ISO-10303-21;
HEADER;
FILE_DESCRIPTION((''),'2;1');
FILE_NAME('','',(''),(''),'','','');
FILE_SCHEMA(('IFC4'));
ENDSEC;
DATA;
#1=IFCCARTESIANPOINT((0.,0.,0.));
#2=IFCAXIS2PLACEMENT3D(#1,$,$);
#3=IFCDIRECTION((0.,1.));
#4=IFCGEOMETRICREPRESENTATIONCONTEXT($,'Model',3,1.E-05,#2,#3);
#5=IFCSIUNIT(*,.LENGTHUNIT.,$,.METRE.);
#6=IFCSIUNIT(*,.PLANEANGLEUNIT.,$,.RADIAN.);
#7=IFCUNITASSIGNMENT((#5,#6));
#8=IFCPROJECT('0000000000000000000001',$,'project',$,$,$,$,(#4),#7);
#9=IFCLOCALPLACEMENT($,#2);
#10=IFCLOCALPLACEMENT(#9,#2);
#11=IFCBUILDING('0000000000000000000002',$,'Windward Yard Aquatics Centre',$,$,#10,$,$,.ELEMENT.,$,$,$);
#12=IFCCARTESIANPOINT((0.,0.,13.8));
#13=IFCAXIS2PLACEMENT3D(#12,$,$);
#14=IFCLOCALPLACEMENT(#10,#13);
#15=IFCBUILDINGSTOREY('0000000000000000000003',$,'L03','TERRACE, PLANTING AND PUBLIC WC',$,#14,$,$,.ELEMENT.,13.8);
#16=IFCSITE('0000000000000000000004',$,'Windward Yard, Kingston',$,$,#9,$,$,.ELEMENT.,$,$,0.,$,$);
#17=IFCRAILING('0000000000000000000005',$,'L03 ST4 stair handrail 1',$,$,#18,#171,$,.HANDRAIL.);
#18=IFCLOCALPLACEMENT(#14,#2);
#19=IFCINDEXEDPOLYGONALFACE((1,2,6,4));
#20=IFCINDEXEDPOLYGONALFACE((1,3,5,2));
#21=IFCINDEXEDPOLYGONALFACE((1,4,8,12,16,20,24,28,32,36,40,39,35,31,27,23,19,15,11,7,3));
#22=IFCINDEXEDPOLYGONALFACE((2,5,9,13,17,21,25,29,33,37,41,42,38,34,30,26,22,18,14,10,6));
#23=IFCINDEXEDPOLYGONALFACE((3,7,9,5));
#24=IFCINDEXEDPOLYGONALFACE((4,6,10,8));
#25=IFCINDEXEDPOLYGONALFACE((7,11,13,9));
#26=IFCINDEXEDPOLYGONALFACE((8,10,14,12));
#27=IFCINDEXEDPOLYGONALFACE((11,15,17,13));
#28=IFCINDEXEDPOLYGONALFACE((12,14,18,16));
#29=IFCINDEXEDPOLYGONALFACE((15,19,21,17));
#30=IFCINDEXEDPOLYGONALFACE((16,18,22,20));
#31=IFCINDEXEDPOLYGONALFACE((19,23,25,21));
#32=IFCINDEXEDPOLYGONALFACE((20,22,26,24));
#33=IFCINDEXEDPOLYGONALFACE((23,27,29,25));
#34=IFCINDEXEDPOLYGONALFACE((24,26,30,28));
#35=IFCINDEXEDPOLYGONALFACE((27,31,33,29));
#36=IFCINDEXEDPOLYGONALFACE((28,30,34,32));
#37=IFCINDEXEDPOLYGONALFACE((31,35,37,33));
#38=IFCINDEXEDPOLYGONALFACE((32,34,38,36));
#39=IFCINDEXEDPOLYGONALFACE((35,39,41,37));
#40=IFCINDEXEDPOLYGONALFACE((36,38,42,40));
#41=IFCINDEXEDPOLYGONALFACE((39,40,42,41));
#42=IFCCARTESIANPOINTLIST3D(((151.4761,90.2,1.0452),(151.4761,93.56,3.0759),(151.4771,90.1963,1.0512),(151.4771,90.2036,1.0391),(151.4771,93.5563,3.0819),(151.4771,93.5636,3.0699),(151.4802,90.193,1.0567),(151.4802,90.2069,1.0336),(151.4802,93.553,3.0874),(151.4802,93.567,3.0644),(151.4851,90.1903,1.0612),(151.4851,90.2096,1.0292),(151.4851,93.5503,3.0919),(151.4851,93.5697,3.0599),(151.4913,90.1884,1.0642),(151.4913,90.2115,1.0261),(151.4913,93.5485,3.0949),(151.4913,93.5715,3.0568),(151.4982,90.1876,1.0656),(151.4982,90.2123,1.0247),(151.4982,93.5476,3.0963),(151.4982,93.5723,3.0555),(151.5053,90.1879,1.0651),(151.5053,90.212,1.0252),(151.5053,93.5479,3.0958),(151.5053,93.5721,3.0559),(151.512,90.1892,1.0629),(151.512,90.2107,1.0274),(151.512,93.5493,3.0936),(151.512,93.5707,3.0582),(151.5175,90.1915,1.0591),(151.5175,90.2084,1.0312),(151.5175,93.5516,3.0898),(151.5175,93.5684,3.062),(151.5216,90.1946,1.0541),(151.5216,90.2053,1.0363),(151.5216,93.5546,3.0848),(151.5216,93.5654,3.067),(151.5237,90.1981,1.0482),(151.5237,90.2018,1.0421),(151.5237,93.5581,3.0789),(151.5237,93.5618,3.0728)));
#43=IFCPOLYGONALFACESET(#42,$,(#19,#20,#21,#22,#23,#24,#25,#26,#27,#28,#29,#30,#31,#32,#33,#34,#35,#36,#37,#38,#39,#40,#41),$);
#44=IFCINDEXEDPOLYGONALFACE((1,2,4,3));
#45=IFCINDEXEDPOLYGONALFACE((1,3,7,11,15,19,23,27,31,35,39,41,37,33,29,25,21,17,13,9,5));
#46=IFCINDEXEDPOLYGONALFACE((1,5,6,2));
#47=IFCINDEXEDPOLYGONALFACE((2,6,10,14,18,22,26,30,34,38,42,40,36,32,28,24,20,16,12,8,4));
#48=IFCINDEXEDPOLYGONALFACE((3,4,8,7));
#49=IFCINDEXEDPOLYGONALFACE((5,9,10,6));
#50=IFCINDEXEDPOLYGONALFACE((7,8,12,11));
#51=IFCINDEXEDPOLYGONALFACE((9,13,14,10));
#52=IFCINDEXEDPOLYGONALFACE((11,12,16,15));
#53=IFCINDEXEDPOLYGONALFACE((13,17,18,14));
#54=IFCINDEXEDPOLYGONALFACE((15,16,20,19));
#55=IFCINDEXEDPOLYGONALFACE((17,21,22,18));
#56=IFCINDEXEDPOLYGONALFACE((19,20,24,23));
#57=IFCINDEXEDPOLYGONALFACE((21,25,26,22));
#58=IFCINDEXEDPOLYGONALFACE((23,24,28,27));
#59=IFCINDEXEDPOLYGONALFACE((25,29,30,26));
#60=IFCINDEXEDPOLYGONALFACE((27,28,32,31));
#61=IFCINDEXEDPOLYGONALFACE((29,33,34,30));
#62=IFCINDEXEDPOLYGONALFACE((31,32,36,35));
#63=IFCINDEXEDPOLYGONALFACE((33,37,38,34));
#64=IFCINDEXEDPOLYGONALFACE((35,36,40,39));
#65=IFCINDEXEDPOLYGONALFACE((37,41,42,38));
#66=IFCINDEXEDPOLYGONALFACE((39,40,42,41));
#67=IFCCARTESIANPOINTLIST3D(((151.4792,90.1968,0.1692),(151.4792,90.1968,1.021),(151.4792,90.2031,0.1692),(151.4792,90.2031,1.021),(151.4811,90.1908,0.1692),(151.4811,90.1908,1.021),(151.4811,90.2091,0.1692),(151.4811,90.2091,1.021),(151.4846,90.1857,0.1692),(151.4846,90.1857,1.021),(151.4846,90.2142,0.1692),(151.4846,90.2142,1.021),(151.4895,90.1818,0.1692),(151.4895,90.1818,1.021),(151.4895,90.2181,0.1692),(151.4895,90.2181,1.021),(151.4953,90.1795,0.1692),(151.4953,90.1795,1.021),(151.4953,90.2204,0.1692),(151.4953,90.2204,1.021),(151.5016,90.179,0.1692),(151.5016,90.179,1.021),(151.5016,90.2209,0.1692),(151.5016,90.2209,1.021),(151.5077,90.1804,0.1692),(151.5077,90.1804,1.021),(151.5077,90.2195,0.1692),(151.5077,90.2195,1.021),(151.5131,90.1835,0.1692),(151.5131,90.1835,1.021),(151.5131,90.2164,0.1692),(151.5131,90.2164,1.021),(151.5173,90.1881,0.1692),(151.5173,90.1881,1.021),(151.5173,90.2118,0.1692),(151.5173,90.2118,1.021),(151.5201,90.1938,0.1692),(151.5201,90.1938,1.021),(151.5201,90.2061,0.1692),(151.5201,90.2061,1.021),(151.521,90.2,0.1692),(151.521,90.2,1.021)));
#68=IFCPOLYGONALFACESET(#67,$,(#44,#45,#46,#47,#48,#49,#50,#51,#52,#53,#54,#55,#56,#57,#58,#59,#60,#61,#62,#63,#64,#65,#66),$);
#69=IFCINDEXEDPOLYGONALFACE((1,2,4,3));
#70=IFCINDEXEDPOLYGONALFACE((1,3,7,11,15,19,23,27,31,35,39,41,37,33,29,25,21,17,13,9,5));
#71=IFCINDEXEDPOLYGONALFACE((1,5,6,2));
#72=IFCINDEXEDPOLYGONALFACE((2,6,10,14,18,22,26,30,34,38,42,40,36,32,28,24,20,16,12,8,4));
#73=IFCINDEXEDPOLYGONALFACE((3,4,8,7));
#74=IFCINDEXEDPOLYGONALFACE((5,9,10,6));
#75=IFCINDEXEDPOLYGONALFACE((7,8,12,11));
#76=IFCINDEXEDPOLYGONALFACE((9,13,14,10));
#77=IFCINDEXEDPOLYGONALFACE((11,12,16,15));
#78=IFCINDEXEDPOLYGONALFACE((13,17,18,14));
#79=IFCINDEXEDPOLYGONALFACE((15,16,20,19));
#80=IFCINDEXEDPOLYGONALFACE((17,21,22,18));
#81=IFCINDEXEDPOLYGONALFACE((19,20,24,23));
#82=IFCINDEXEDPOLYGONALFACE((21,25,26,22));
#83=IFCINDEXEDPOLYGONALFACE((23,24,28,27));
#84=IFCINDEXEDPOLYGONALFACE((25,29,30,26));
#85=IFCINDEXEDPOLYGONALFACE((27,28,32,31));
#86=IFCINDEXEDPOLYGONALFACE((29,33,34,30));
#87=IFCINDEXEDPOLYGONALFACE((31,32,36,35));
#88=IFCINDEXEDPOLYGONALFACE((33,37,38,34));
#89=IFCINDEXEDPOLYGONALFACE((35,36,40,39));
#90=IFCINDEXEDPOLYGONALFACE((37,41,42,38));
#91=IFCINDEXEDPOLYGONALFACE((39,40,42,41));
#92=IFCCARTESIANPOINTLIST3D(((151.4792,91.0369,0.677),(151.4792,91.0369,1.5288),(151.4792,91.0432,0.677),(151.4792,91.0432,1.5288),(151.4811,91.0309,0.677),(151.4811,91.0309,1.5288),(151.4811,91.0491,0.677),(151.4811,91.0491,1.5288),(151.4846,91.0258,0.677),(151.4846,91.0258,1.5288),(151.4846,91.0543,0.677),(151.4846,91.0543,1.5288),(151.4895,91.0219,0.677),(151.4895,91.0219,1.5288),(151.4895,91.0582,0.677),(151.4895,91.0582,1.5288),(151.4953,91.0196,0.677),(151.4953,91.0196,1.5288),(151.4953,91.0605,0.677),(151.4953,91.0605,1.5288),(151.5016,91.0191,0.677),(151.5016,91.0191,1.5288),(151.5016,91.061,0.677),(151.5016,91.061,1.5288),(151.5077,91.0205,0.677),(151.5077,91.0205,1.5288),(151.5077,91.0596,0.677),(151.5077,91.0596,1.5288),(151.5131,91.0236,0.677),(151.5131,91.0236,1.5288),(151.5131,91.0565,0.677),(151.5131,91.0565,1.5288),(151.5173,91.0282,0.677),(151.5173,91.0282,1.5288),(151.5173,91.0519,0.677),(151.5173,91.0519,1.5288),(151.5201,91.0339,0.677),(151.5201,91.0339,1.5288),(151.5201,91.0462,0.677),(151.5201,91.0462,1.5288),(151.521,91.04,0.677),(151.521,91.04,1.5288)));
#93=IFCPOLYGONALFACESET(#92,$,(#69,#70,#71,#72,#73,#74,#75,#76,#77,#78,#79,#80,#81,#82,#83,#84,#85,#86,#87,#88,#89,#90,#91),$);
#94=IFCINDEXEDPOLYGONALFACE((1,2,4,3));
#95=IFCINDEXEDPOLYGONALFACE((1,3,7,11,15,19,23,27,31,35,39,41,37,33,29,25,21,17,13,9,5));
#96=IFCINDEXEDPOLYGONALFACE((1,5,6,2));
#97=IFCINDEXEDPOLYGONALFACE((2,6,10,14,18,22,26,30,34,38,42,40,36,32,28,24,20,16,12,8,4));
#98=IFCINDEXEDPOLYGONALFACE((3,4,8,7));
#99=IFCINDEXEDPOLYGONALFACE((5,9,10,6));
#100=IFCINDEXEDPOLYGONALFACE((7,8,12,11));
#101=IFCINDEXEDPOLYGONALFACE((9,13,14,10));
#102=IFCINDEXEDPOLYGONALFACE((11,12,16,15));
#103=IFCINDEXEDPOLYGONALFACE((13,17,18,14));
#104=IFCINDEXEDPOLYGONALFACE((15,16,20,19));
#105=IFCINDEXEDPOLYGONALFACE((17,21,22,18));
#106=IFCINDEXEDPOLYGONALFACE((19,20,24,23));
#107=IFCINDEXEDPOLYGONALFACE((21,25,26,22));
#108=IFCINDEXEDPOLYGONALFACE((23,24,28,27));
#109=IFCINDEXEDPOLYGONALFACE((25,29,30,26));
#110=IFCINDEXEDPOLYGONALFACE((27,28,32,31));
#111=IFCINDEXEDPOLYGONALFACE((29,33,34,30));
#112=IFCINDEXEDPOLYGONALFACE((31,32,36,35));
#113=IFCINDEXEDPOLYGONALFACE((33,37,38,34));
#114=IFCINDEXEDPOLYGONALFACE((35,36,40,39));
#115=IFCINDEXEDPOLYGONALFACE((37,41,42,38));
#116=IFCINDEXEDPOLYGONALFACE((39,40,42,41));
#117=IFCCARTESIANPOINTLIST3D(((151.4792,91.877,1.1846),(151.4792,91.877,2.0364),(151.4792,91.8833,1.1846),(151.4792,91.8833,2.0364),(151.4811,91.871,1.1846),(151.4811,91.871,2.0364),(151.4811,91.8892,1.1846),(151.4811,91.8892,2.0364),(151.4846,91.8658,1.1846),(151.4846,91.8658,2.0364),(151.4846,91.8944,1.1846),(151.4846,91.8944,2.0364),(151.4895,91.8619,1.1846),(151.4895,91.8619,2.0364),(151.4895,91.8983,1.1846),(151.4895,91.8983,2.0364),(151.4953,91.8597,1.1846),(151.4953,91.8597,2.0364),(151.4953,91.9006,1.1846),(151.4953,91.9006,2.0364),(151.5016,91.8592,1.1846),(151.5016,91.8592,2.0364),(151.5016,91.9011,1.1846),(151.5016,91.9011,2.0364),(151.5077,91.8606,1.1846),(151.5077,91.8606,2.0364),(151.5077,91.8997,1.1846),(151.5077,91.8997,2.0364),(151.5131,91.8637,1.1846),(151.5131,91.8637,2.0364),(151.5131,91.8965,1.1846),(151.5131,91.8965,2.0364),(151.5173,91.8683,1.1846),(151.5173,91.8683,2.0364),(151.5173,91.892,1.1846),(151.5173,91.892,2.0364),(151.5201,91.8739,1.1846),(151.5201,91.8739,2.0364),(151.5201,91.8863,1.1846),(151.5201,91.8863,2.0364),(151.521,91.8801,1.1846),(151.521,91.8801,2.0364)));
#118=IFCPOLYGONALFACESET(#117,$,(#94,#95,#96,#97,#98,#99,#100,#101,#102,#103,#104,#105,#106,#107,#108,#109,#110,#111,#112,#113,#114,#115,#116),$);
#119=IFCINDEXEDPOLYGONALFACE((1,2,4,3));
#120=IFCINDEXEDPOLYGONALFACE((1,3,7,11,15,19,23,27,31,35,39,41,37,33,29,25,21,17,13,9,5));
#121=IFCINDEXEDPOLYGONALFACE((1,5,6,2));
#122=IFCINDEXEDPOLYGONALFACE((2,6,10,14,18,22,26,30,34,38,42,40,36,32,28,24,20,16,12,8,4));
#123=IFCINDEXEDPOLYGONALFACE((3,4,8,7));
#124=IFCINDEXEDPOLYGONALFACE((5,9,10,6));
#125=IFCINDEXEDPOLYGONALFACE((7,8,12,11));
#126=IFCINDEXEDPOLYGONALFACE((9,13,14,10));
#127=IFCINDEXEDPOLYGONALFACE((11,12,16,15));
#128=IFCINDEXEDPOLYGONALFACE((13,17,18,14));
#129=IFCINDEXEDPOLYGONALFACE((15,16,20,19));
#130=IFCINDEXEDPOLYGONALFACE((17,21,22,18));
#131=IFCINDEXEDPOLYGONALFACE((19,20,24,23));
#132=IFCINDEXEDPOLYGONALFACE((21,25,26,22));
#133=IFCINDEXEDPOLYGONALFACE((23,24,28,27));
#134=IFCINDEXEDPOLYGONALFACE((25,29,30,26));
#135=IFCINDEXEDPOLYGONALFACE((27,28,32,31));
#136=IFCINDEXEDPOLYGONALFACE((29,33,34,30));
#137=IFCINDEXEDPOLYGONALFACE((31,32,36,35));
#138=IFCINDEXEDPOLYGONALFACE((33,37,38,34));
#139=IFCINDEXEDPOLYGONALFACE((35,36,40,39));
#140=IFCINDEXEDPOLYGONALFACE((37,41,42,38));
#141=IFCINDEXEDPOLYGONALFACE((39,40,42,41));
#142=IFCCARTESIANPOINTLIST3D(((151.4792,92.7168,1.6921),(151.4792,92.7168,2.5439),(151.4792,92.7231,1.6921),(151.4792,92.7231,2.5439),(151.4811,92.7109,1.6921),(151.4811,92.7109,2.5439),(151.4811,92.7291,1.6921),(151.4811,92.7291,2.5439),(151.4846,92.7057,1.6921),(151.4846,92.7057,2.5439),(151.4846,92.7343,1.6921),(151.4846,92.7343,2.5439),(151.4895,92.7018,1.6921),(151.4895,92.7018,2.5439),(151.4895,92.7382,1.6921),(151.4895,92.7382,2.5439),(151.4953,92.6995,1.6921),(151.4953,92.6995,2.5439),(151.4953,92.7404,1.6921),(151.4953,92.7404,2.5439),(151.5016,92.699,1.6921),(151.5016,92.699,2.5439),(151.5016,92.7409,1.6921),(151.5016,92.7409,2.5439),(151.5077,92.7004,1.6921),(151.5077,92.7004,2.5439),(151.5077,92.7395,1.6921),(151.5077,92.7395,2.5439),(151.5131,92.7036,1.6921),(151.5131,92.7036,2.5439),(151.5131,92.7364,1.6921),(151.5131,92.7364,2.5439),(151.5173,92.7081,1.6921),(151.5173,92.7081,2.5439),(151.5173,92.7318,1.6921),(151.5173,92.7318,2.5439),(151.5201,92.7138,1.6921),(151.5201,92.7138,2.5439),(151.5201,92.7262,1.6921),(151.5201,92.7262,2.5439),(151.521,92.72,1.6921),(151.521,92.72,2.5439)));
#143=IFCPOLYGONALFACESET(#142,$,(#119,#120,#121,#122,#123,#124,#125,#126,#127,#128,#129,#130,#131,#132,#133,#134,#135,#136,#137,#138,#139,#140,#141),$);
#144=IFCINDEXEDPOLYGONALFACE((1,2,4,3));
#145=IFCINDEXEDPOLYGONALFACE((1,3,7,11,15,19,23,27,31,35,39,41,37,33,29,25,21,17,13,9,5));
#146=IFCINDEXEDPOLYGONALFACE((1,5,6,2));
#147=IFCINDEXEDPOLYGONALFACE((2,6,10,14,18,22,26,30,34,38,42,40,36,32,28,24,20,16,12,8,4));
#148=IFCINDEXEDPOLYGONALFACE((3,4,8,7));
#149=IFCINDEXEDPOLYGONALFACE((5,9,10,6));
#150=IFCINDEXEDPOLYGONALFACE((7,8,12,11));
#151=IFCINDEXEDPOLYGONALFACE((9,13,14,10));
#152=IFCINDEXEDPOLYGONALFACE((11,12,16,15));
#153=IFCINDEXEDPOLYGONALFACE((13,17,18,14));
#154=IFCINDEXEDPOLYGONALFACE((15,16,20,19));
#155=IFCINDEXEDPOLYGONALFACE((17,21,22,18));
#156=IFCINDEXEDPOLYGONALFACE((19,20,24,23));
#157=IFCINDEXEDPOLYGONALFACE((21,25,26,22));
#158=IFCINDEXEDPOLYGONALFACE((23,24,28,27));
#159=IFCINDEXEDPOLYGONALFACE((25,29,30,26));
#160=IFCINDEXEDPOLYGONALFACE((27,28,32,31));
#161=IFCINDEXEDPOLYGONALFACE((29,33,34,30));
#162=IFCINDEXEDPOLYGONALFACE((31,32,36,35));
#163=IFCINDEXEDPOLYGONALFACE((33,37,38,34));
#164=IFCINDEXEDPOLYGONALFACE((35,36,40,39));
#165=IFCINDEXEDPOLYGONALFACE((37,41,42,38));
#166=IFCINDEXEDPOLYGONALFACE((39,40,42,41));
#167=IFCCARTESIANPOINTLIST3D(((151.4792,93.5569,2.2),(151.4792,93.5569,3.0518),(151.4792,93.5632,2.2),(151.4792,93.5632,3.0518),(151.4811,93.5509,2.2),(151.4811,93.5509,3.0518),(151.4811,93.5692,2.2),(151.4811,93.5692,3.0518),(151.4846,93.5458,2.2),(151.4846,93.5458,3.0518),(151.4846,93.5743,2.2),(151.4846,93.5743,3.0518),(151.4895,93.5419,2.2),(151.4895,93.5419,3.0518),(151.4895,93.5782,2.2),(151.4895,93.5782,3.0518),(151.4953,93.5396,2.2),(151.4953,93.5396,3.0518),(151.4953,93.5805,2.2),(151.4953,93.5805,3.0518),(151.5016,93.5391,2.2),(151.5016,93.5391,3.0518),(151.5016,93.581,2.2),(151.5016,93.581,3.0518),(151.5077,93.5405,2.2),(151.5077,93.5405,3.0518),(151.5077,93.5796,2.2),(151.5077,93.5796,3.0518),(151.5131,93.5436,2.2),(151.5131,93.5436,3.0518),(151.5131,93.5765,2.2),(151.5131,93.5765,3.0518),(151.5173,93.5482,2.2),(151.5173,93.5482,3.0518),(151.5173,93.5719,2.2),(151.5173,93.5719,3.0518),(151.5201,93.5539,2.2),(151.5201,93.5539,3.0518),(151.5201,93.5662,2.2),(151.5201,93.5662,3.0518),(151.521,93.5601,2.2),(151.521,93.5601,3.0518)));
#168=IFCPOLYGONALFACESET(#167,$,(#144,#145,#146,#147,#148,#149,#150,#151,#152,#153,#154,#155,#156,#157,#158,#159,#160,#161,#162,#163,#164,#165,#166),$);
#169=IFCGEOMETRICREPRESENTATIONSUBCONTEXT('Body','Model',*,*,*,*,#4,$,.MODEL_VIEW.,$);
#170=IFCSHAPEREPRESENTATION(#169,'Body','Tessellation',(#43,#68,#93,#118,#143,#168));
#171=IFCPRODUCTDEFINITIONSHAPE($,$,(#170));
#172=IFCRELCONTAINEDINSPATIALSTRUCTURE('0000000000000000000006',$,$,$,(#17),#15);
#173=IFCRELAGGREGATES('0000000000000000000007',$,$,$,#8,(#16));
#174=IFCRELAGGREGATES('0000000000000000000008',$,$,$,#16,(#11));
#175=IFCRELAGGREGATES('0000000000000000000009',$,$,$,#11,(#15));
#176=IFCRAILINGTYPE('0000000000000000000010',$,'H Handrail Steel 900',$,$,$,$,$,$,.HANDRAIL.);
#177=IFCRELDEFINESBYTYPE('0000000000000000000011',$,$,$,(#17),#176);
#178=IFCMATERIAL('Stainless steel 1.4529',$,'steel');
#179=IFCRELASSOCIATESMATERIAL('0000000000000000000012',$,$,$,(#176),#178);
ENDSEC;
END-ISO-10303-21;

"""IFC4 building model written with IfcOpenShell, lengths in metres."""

from ifc_helpers import new_model, si_unit, direction, frame, origin, origin_2d, place, context, subcontext, project, spatial, circle, extrude, material, type_object, element, save


model = new_model("IFC4")

# Units and contexts
model_context = context("Model", 3, precision=1e-05, world=origin(), true_north=direction((0.0, 1.0)))
body_context = subcontext(model_context, "Body", "Model", "MODEL_VIEW")
ifc_project = project(units=[si_unit("LENGTHUNIT", "METRE"), si_unit("PLANEANGLEUNIT", "RADIAN")], contexts=[model_context])

# Site, building, storey
site_placement = place(None, origin())
site = spatial("IfcSite", under=ifc_project, at=site_placement, Name="Windward Yard, Kingston", CompositionType="ELEMENT", RefElevation=0.0)
building_placement = place(site_placement, origin())
building = spatial("IfcBuilding", under=site, at=building_placement, Name="Windward Yard Aquatics Centre", CompositionType="ELEMENT")
storey_placement = place(building_placement, frame((0.0, 0.0, 13.8)))
storey = spatial("IfcBuildingStorey", under=building, at=storey_placement, Name="L03", Description="TERRACE, PLANTING AND PUBLIC WC", CompositionType="ELEMENT", Elevation=13.8)

# Railing
ifc_material_1 = material(Name="Stainless steel 1.4529", Category="steel")
railing_type_1 = type_object("IfcRailingType", Name="H Handrail Steel 900", PredefinedType="HANDRAIL", material=ifc_material_1)
railing_1_placement = place(storey_placement, frame((151.5, 90.2, 0.1692)))
element("IfcRailing", 1, at=railing_1_placement, inside=storey, type_object=railing_type_1, Name="L03 ST4 stair handrail 1", PredefinedType="HANDRAIL", context=body_context, shape_type="SweptSolid", body=[
    extrude(circle(Radius=0.0239, at=origin_2d()), frame((0.0, 0.0, 0.876), z_axis=(0.0, 0.855837, 0.517246), x_axis=(-1.0, 0.0, 0.0)), (0.0, 0.0, 1.0), 3.926),
    extrude(circle(Radius=0.021, at=origin_2d()), origin(), (0.0, 0.0, 1.0), 0.8518),
    extrude(circle(Radius=0.021, at=origin_2d()), frame((0.0, 0.8401, 0.5078)), (0.0, 0.0, 1.0), 0.8518),
    extrude(circle(Radius=0.021, at=origin_2d()), frame((0.0, 1.6802, 1.0154)), (0.0, 0.0, 1.0), 0.8518),
    extrude(circle(Radius=0.021, at=origin_2d()), frame((0.0, 2.52, 1.5229)), (0.0, 0.0, 1.0), 0.8518),
    extrude(circle(Radius=0.021, at=origin_2d()), frame((0.0, 3.3601, 2.0308)), (0.0, 0.0, 1.0), 0.8518),
])

save(model, "model.ifc")
